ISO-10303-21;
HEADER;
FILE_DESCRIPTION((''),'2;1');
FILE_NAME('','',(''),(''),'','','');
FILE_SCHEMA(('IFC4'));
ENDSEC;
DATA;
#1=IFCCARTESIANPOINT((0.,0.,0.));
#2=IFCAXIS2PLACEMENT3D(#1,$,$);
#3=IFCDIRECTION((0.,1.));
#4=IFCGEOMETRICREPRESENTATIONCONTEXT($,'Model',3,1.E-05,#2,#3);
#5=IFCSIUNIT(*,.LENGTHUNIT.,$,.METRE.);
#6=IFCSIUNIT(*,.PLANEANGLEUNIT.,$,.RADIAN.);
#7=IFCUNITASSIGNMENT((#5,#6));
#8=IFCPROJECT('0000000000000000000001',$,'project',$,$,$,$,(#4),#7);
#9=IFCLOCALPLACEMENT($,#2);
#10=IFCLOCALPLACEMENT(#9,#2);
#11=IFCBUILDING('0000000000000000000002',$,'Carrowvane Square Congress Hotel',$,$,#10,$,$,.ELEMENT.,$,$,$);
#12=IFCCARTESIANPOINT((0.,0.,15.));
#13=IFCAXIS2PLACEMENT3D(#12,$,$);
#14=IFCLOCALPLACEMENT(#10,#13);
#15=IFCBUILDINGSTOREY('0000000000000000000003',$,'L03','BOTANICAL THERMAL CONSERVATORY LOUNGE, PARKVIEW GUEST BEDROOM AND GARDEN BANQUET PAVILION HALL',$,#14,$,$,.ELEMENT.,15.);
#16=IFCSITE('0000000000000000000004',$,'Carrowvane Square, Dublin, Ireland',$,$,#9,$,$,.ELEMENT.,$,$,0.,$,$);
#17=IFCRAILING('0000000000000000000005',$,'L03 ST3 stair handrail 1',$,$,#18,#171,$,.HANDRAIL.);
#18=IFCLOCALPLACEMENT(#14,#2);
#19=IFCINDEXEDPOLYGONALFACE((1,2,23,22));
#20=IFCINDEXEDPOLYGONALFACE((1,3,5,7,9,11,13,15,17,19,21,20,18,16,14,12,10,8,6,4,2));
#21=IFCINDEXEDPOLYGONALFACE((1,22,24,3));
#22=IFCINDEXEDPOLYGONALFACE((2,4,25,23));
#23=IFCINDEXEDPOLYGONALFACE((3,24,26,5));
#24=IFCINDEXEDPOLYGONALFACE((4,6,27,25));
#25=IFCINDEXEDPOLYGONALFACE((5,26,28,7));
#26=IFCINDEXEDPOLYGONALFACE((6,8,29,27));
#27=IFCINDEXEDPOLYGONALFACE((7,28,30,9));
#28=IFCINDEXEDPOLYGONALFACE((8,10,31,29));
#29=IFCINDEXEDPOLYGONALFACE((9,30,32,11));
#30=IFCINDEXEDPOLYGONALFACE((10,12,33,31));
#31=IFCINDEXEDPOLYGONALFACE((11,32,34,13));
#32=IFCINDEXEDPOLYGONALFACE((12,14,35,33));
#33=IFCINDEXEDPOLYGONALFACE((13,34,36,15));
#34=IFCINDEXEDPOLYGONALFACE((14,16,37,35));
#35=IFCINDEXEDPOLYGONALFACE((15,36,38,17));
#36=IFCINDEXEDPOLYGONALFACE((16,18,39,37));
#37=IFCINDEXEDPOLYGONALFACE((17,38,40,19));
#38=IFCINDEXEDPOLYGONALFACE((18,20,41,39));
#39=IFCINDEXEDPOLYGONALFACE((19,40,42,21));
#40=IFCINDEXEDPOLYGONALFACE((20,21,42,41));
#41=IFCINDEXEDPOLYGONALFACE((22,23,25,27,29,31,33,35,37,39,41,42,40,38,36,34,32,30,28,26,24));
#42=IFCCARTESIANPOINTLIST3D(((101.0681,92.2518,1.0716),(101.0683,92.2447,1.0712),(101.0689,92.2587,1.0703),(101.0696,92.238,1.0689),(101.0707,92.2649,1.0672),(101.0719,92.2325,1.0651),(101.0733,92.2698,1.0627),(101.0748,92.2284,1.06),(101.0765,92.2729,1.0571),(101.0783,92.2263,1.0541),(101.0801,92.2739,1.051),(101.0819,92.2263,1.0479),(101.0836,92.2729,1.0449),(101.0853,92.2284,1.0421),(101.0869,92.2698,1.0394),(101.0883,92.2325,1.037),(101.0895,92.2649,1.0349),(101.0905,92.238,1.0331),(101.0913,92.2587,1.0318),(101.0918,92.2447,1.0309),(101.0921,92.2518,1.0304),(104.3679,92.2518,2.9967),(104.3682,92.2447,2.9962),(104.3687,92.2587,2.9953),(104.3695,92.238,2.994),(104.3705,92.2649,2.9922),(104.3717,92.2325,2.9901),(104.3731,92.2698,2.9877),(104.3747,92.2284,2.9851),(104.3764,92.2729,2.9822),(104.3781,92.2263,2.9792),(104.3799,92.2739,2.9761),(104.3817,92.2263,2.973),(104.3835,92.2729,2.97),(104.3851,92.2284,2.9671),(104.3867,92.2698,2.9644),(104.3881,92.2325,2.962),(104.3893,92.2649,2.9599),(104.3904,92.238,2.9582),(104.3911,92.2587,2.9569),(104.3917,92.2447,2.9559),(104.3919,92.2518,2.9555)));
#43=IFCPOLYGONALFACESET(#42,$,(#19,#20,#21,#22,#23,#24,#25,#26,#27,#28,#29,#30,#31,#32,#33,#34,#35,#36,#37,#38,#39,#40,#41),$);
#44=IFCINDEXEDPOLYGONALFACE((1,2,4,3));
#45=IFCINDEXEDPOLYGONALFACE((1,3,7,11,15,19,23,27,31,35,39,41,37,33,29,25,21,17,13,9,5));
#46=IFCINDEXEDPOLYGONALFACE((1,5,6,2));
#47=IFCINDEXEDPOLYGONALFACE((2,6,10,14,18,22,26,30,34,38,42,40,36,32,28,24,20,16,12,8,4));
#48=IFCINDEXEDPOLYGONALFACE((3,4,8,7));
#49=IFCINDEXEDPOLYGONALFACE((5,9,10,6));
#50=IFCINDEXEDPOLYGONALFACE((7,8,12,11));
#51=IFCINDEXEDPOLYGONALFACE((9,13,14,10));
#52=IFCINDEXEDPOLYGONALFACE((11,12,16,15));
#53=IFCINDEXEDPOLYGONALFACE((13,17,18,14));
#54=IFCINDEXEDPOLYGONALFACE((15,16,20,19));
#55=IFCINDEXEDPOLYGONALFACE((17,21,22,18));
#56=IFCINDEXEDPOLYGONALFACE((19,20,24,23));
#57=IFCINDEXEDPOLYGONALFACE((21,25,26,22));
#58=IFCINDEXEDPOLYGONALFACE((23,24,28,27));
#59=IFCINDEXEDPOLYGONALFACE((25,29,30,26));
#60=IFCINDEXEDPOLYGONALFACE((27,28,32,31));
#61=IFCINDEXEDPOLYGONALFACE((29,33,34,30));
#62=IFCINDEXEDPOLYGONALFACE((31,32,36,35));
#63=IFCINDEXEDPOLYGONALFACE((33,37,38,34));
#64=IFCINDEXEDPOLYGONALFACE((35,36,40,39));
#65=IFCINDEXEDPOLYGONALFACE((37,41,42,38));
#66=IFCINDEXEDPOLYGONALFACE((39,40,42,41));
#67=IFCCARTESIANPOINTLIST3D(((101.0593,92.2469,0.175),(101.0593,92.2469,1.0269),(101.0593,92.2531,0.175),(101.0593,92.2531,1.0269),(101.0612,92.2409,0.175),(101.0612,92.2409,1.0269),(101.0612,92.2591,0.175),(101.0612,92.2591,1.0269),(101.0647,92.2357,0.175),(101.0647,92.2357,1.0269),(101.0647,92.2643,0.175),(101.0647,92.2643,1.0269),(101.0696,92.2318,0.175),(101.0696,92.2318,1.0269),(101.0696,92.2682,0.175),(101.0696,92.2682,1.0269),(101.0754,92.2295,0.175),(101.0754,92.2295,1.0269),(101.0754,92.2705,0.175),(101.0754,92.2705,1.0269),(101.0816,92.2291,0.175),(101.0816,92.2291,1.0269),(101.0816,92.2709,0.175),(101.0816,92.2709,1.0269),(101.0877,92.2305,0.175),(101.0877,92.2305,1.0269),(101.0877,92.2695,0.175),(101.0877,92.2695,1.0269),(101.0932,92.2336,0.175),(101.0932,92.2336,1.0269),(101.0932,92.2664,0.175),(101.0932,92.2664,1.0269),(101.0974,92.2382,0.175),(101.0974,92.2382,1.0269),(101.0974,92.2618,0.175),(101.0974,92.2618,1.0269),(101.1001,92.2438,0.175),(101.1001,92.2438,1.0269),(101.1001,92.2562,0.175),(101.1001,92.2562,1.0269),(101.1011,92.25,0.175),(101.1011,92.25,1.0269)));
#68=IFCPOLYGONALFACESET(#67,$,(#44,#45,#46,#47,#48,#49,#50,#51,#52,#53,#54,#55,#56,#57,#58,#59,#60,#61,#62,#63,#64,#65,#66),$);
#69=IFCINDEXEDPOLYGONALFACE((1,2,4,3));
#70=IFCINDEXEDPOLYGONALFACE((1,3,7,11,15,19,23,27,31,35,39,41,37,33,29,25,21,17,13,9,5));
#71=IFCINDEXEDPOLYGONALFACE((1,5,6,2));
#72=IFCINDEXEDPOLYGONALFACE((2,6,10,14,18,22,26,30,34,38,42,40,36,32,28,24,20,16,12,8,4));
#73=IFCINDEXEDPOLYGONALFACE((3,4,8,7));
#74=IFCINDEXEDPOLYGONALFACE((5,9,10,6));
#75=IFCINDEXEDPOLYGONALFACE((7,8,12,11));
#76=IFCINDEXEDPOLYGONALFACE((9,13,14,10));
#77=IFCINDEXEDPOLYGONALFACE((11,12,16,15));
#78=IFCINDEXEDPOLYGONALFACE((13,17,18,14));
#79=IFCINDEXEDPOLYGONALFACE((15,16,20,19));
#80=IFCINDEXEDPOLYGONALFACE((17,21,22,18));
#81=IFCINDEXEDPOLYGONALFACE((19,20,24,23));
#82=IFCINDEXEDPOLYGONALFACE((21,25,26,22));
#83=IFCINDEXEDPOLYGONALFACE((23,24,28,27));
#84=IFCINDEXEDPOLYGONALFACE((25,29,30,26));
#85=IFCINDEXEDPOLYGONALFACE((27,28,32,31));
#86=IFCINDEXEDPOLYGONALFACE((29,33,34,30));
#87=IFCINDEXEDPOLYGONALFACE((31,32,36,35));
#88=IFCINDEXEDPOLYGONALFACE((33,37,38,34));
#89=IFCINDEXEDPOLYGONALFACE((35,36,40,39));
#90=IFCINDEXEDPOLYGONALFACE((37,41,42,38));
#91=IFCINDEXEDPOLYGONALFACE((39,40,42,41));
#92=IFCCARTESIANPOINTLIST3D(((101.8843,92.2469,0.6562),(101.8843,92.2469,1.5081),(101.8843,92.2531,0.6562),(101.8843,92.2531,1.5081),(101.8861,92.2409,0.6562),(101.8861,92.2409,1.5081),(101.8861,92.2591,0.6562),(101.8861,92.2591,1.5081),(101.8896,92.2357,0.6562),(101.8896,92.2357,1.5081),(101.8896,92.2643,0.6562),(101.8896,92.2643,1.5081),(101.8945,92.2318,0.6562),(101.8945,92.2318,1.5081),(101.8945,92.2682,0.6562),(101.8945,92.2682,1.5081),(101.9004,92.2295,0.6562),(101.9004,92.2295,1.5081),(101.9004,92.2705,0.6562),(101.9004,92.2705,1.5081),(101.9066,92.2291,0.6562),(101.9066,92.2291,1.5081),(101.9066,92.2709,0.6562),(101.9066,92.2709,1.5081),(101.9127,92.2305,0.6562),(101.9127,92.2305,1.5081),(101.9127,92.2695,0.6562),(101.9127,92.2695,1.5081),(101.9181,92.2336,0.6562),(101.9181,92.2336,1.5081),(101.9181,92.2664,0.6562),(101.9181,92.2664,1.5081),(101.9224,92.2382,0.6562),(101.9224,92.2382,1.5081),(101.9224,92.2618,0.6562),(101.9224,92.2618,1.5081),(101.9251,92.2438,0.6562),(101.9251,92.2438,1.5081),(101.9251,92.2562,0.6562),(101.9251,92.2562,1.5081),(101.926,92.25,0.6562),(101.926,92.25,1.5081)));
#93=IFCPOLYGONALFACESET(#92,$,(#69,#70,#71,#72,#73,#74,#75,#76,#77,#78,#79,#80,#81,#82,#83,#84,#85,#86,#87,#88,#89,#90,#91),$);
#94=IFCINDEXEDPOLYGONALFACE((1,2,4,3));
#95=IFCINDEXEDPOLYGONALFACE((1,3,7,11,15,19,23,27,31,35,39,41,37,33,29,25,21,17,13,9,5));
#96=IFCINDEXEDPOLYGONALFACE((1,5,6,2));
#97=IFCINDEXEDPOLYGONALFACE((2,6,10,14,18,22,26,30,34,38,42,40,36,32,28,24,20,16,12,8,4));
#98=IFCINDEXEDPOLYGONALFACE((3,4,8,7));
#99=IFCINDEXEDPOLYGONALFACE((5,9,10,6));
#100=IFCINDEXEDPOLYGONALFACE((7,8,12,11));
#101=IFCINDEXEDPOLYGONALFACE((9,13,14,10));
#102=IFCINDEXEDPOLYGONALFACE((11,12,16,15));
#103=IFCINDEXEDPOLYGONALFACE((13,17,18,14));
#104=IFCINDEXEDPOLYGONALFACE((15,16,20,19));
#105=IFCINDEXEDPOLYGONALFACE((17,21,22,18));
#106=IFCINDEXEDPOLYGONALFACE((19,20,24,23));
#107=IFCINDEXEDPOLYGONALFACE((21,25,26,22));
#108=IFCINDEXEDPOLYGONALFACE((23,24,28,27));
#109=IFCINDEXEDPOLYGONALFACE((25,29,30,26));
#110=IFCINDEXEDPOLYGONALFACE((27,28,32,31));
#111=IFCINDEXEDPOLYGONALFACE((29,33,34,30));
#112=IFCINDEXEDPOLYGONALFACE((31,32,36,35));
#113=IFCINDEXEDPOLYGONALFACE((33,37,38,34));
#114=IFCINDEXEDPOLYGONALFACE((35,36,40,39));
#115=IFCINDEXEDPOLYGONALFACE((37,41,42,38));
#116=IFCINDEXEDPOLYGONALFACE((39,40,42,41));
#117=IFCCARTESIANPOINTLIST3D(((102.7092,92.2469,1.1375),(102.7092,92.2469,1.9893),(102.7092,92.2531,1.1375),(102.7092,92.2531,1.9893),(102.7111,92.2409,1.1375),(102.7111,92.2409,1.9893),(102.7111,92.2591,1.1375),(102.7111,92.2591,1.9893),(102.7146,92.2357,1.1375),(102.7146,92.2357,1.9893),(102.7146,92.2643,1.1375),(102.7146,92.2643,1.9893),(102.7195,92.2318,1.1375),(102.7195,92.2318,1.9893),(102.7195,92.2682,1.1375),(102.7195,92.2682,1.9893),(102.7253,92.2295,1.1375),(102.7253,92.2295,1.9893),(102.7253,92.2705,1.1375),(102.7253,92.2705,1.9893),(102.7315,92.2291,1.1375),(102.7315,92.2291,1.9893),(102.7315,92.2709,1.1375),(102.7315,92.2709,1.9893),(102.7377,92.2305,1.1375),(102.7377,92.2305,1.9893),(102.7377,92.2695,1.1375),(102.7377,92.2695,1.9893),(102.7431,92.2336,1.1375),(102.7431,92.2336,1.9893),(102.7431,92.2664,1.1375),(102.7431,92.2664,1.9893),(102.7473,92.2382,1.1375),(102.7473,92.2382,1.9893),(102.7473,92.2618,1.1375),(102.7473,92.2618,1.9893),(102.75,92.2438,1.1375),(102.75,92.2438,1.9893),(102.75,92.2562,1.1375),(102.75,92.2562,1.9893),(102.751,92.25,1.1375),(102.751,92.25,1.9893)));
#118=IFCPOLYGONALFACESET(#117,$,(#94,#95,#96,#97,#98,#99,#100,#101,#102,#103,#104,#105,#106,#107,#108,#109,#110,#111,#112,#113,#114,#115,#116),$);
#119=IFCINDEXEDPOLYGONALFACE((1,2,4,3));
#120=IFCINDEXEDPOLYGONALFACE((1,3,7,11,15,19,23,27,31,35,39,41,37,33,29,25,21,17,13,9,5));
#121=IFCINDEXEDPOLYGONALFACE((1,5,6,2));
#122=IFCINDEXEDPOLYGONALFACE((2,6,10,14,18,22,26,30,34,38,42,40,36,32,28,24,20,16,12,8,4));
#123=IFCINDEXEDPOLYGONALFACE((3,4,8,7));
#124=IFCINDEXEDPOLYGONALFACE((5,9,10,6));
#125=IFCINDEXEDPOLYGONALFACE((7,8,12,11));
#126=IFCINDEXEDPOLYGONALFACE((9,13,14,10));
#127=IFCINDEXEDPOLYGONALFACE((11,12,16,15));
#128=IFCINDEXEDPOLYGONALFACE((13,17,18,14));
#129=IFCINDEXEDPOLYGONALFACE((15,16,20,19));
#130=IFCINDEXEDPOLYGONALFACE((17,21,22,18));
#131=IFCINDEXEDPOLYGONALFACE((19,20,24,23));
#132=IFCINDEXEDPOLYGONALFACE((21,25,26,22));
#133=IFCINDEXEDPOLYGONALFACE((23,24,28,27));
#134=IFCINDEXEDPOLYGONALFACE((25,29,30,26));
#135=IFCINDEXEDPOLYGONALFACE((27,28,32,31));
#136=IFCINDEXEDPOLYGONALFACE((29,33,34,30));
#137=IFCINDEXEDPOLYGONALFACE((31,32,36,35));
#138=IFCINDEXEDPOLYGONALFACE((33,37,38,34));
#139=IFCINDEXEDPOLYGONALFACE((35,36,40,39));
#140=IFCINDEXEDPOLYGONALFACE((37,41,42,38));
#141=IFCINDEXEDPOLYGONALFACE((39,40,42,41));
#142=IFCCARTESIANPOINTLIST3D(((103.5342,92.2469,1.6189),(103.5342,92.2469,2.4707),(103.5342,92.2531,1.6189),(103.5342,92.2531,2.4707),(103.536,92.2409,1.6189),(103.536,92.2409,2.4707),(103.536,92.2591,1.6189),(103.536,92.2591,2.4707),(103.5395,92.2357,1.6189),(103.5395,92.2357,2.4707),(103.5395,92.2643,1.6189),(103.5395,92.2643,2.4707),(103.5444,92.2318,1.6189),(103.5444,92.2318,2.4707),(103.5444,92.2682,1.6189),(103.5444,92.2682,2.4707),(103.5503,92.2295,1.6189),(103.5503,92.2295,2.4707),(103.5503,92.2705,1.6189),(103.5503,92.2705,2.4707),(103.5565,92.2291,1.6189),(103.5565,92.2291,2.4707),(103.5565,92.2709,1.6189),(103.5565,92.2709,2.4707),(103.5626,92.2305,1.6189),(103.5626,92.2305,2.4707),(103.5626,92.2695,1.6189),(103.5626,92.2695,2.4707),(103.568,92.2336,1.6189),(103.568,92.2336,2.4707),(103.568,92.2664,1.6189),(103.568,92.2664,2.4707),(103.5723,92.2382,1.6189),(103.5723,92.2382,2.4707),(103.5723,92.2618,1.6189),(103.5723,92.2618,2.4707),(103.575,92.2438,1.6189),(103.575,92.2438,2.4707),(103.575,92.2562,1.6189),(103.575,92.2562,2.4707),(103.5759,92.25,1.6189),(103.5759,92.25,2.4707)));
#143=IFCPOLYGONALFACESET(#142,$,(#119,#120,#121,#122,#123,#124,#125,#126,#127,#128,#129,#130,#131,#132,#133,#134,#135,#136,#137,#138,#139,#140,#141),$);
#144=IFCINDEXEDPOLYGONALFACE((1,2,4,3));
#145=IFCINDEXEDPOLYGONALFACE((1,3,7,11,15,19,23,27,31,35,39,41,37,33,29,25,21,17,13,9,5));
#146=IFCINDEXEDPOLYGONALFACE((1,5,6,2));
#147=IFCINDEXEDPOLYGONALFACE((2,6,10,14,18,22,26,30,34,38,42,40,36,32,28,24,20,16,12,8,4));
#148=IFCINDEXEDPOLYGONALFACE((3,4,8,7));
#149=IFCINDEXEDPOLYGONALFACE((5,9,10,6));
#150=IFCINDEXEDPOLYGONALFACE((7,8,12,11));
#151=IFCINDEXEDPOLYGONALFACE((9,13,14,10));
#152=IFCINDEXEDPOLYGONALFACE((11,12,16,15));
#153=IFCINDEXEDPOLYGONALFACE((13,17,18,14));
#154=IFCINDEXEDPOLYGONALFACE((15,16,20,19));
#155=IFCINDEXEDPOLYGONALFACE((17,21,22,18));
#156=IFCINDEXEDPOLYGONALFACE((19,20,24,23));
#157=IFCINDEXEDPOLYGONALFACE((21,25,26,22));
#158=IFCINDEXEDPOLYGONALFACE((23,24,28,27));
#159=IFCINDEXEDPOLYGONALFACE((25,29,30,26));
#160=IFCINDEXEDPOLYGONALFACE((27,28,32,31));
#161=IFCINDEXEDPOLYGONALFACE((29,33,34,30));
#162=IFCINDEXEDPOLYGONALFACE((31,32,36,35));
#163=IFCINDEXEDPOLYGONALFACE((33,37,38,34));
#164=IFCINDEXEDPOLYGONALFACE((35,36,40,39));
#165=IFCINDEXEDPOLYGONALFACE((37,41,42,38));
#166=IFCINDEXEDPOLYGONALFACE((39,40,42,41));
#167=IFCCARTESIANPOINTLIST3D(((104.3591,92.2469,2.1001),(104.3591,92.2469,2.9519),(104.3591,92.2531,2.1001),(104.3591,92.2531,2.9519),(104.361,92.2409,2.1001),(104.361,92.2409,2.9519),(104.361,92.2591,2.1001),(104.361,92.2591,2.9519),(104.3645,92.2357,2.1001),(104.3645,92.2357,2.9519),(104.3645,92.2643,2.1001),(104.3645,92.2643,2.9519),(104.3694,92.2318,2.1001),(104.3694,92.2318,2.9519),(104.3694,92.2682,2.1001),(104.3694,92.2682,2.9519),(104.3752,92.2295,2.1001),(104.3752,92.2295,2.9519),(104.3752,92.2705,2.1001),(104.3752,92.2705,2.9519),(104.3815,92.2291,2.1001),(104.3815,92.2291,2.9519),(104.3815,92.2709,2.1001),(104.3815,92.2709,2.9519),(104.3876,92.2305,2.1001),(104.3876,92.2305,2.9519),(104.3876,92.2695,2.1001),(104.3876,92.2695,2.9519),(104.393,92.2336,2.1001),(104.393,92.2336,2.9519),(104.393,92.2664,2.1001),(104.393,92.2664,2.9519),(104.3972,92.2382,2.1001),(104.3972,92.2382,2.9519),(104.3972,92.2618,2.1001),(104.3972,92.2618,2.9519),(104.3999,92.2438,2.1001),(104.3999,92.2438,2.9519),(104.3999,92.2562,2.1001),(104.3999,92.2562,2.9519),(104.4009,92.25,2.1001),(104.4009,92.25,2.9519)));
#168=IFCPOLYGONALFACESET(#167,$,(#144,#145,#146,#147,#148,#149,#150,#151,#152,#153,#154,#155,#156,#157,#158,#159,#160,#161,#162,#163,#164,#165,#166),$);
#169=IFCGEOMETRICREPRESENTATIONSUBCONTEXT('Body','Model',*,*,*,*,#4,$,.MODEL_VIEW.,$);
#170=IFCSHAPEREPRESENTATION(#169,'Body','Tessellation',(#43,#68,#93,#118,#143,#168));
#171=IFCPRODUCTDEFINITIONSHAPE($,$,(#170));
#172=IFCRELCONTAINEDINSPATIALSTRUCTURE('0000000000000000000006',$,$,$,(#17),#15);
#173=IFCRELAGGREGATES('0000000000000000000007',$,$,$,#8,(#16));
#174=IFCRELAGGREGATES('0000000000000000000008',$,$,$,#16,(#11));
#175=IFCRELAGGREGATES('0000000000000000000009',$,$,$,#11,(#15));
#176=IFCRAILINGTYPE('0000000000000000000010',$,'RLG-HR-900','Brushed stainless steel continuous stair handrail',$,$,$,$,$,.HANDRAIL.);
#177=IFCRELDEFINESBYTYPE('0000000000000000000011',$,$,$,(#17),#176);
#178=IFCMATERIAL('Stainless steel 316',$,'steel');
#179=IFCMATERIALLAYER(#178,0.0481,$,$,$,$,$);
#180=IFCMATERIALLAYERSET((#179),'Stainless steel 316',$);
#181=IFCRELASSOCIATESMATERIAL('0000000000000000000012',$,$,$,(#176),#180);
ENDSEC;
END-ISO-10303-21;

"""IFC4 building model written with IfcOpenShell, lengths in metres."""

from ifc_helpers import new_model, si_unit, direction, frame, origin, origin_2d, place, context, subcontext, project, spatial, circle, extrude, material, layer, layer_set, type_object, element, save


model = new_model("IFC4")

# Units and contexts
model_context = context("Model", 3, precision=1e-05, world=origin(), true_north=direction((0.0, 1.0)))
body_context = subcontext(model_context, "Body", "Model", "MODEL_VIEW")
ifc_project = project(units=[si_unit("LENGTHUNIT", "METRE"), si_unit("PLANEANGLEUNIT", "RADIAN")], contexts=[model_context])

# Site, building, storey
site_placement = place(None, origin())
site = spatial("IfcSite", under=ifc_project, at=site_placement, Name="Carrowvane Square, Dublin, Ireland", CompositionType="ELEMENT", RefElevation=0.0)
building_placement = place(site_placement, origin())
building = spatial("IfcBuilding", under=site, at=building_placement, Name="Carrowvane Square Congress Hotel", CompositionType="ELEMENT")
storey_placement = place(building_placement, frame((0.0, 0.0, 15.0)))
storey = spatial("IfcBuildingStorey", under=building, at=storey_placement, Name="L03", Description="BOTANICAL THERMAL CONSERVATORY LOUNGE, PARKVIEW GUEST BEDROOM AND GARDEN BANQUET PAVILION HALL", CompositionType="ELEMENT", Elevation=15.0)

# Railing
ifc_material_1 = material(Name="Stainless steel 316", Category="steel")
ifc_layer_1 = layer(ifc_material_1, 0.0481)
ifc_layer_set_1 = layer_set([ifc_layer_1], Name="Stainless steel 316")
railing_type_1 = type_object("IfcRailingType", Name="RLG-HR-900", Description="Brushed stainless steel continuous stair handrail", PredefinedType="HANDRAIL", material=ifc_layer_set_1)
railing_1_placement = place(storey_placement, frame((101.0801, 92.25, 0.175)))
element("IfcRailing", 1, at=railing_1_placement, inside=storey, type_object=railing_type_1, Name="L03 ST3 stair handrail 1", PredefinedType="HANDRAIL", context=body_context, shape_type="SweptSolid", body=[
    extrude(circle(Radius=0.0239, at=origin_2d()), frame((0.0, 0.0, 0.876), z_axis=(0.86376, 0.0, 0.503903), x_axis=(0.0, 1.0, 0.0)), (0.0, 0.0, 1.0), 3.8203),
    extrude(circle(Radius=0.021, at=origin_2d()), origin(), (0.0, 0.0, 1.0), 0.8518),
    extrude(circle(Radius=0.021, at=origin_2d()), frame((0.825, 0.0, 0.4812)), (0.0, 0.0, 1.0), 0.8518),
    extrude(circle(Radius=0.021, at=origin_2d()), frame((1.6499, 0.0, 0.9624)), (0.0, 0.0, 1.0), 0.8518),
    extrude(circle(Radius=0.021, at=origin_2d()), frame((2.4749, 0.0, 1.4438)), (0.0, 0.0, 1.0), 0.8518),
    extrude(circle(Radius=0.021, at=origin_2d()), frame((3.2998, 0.0, 1.925)), (0.0, 0.0, 1.0), 0.8518),
])

save(model, "model.ifc")
